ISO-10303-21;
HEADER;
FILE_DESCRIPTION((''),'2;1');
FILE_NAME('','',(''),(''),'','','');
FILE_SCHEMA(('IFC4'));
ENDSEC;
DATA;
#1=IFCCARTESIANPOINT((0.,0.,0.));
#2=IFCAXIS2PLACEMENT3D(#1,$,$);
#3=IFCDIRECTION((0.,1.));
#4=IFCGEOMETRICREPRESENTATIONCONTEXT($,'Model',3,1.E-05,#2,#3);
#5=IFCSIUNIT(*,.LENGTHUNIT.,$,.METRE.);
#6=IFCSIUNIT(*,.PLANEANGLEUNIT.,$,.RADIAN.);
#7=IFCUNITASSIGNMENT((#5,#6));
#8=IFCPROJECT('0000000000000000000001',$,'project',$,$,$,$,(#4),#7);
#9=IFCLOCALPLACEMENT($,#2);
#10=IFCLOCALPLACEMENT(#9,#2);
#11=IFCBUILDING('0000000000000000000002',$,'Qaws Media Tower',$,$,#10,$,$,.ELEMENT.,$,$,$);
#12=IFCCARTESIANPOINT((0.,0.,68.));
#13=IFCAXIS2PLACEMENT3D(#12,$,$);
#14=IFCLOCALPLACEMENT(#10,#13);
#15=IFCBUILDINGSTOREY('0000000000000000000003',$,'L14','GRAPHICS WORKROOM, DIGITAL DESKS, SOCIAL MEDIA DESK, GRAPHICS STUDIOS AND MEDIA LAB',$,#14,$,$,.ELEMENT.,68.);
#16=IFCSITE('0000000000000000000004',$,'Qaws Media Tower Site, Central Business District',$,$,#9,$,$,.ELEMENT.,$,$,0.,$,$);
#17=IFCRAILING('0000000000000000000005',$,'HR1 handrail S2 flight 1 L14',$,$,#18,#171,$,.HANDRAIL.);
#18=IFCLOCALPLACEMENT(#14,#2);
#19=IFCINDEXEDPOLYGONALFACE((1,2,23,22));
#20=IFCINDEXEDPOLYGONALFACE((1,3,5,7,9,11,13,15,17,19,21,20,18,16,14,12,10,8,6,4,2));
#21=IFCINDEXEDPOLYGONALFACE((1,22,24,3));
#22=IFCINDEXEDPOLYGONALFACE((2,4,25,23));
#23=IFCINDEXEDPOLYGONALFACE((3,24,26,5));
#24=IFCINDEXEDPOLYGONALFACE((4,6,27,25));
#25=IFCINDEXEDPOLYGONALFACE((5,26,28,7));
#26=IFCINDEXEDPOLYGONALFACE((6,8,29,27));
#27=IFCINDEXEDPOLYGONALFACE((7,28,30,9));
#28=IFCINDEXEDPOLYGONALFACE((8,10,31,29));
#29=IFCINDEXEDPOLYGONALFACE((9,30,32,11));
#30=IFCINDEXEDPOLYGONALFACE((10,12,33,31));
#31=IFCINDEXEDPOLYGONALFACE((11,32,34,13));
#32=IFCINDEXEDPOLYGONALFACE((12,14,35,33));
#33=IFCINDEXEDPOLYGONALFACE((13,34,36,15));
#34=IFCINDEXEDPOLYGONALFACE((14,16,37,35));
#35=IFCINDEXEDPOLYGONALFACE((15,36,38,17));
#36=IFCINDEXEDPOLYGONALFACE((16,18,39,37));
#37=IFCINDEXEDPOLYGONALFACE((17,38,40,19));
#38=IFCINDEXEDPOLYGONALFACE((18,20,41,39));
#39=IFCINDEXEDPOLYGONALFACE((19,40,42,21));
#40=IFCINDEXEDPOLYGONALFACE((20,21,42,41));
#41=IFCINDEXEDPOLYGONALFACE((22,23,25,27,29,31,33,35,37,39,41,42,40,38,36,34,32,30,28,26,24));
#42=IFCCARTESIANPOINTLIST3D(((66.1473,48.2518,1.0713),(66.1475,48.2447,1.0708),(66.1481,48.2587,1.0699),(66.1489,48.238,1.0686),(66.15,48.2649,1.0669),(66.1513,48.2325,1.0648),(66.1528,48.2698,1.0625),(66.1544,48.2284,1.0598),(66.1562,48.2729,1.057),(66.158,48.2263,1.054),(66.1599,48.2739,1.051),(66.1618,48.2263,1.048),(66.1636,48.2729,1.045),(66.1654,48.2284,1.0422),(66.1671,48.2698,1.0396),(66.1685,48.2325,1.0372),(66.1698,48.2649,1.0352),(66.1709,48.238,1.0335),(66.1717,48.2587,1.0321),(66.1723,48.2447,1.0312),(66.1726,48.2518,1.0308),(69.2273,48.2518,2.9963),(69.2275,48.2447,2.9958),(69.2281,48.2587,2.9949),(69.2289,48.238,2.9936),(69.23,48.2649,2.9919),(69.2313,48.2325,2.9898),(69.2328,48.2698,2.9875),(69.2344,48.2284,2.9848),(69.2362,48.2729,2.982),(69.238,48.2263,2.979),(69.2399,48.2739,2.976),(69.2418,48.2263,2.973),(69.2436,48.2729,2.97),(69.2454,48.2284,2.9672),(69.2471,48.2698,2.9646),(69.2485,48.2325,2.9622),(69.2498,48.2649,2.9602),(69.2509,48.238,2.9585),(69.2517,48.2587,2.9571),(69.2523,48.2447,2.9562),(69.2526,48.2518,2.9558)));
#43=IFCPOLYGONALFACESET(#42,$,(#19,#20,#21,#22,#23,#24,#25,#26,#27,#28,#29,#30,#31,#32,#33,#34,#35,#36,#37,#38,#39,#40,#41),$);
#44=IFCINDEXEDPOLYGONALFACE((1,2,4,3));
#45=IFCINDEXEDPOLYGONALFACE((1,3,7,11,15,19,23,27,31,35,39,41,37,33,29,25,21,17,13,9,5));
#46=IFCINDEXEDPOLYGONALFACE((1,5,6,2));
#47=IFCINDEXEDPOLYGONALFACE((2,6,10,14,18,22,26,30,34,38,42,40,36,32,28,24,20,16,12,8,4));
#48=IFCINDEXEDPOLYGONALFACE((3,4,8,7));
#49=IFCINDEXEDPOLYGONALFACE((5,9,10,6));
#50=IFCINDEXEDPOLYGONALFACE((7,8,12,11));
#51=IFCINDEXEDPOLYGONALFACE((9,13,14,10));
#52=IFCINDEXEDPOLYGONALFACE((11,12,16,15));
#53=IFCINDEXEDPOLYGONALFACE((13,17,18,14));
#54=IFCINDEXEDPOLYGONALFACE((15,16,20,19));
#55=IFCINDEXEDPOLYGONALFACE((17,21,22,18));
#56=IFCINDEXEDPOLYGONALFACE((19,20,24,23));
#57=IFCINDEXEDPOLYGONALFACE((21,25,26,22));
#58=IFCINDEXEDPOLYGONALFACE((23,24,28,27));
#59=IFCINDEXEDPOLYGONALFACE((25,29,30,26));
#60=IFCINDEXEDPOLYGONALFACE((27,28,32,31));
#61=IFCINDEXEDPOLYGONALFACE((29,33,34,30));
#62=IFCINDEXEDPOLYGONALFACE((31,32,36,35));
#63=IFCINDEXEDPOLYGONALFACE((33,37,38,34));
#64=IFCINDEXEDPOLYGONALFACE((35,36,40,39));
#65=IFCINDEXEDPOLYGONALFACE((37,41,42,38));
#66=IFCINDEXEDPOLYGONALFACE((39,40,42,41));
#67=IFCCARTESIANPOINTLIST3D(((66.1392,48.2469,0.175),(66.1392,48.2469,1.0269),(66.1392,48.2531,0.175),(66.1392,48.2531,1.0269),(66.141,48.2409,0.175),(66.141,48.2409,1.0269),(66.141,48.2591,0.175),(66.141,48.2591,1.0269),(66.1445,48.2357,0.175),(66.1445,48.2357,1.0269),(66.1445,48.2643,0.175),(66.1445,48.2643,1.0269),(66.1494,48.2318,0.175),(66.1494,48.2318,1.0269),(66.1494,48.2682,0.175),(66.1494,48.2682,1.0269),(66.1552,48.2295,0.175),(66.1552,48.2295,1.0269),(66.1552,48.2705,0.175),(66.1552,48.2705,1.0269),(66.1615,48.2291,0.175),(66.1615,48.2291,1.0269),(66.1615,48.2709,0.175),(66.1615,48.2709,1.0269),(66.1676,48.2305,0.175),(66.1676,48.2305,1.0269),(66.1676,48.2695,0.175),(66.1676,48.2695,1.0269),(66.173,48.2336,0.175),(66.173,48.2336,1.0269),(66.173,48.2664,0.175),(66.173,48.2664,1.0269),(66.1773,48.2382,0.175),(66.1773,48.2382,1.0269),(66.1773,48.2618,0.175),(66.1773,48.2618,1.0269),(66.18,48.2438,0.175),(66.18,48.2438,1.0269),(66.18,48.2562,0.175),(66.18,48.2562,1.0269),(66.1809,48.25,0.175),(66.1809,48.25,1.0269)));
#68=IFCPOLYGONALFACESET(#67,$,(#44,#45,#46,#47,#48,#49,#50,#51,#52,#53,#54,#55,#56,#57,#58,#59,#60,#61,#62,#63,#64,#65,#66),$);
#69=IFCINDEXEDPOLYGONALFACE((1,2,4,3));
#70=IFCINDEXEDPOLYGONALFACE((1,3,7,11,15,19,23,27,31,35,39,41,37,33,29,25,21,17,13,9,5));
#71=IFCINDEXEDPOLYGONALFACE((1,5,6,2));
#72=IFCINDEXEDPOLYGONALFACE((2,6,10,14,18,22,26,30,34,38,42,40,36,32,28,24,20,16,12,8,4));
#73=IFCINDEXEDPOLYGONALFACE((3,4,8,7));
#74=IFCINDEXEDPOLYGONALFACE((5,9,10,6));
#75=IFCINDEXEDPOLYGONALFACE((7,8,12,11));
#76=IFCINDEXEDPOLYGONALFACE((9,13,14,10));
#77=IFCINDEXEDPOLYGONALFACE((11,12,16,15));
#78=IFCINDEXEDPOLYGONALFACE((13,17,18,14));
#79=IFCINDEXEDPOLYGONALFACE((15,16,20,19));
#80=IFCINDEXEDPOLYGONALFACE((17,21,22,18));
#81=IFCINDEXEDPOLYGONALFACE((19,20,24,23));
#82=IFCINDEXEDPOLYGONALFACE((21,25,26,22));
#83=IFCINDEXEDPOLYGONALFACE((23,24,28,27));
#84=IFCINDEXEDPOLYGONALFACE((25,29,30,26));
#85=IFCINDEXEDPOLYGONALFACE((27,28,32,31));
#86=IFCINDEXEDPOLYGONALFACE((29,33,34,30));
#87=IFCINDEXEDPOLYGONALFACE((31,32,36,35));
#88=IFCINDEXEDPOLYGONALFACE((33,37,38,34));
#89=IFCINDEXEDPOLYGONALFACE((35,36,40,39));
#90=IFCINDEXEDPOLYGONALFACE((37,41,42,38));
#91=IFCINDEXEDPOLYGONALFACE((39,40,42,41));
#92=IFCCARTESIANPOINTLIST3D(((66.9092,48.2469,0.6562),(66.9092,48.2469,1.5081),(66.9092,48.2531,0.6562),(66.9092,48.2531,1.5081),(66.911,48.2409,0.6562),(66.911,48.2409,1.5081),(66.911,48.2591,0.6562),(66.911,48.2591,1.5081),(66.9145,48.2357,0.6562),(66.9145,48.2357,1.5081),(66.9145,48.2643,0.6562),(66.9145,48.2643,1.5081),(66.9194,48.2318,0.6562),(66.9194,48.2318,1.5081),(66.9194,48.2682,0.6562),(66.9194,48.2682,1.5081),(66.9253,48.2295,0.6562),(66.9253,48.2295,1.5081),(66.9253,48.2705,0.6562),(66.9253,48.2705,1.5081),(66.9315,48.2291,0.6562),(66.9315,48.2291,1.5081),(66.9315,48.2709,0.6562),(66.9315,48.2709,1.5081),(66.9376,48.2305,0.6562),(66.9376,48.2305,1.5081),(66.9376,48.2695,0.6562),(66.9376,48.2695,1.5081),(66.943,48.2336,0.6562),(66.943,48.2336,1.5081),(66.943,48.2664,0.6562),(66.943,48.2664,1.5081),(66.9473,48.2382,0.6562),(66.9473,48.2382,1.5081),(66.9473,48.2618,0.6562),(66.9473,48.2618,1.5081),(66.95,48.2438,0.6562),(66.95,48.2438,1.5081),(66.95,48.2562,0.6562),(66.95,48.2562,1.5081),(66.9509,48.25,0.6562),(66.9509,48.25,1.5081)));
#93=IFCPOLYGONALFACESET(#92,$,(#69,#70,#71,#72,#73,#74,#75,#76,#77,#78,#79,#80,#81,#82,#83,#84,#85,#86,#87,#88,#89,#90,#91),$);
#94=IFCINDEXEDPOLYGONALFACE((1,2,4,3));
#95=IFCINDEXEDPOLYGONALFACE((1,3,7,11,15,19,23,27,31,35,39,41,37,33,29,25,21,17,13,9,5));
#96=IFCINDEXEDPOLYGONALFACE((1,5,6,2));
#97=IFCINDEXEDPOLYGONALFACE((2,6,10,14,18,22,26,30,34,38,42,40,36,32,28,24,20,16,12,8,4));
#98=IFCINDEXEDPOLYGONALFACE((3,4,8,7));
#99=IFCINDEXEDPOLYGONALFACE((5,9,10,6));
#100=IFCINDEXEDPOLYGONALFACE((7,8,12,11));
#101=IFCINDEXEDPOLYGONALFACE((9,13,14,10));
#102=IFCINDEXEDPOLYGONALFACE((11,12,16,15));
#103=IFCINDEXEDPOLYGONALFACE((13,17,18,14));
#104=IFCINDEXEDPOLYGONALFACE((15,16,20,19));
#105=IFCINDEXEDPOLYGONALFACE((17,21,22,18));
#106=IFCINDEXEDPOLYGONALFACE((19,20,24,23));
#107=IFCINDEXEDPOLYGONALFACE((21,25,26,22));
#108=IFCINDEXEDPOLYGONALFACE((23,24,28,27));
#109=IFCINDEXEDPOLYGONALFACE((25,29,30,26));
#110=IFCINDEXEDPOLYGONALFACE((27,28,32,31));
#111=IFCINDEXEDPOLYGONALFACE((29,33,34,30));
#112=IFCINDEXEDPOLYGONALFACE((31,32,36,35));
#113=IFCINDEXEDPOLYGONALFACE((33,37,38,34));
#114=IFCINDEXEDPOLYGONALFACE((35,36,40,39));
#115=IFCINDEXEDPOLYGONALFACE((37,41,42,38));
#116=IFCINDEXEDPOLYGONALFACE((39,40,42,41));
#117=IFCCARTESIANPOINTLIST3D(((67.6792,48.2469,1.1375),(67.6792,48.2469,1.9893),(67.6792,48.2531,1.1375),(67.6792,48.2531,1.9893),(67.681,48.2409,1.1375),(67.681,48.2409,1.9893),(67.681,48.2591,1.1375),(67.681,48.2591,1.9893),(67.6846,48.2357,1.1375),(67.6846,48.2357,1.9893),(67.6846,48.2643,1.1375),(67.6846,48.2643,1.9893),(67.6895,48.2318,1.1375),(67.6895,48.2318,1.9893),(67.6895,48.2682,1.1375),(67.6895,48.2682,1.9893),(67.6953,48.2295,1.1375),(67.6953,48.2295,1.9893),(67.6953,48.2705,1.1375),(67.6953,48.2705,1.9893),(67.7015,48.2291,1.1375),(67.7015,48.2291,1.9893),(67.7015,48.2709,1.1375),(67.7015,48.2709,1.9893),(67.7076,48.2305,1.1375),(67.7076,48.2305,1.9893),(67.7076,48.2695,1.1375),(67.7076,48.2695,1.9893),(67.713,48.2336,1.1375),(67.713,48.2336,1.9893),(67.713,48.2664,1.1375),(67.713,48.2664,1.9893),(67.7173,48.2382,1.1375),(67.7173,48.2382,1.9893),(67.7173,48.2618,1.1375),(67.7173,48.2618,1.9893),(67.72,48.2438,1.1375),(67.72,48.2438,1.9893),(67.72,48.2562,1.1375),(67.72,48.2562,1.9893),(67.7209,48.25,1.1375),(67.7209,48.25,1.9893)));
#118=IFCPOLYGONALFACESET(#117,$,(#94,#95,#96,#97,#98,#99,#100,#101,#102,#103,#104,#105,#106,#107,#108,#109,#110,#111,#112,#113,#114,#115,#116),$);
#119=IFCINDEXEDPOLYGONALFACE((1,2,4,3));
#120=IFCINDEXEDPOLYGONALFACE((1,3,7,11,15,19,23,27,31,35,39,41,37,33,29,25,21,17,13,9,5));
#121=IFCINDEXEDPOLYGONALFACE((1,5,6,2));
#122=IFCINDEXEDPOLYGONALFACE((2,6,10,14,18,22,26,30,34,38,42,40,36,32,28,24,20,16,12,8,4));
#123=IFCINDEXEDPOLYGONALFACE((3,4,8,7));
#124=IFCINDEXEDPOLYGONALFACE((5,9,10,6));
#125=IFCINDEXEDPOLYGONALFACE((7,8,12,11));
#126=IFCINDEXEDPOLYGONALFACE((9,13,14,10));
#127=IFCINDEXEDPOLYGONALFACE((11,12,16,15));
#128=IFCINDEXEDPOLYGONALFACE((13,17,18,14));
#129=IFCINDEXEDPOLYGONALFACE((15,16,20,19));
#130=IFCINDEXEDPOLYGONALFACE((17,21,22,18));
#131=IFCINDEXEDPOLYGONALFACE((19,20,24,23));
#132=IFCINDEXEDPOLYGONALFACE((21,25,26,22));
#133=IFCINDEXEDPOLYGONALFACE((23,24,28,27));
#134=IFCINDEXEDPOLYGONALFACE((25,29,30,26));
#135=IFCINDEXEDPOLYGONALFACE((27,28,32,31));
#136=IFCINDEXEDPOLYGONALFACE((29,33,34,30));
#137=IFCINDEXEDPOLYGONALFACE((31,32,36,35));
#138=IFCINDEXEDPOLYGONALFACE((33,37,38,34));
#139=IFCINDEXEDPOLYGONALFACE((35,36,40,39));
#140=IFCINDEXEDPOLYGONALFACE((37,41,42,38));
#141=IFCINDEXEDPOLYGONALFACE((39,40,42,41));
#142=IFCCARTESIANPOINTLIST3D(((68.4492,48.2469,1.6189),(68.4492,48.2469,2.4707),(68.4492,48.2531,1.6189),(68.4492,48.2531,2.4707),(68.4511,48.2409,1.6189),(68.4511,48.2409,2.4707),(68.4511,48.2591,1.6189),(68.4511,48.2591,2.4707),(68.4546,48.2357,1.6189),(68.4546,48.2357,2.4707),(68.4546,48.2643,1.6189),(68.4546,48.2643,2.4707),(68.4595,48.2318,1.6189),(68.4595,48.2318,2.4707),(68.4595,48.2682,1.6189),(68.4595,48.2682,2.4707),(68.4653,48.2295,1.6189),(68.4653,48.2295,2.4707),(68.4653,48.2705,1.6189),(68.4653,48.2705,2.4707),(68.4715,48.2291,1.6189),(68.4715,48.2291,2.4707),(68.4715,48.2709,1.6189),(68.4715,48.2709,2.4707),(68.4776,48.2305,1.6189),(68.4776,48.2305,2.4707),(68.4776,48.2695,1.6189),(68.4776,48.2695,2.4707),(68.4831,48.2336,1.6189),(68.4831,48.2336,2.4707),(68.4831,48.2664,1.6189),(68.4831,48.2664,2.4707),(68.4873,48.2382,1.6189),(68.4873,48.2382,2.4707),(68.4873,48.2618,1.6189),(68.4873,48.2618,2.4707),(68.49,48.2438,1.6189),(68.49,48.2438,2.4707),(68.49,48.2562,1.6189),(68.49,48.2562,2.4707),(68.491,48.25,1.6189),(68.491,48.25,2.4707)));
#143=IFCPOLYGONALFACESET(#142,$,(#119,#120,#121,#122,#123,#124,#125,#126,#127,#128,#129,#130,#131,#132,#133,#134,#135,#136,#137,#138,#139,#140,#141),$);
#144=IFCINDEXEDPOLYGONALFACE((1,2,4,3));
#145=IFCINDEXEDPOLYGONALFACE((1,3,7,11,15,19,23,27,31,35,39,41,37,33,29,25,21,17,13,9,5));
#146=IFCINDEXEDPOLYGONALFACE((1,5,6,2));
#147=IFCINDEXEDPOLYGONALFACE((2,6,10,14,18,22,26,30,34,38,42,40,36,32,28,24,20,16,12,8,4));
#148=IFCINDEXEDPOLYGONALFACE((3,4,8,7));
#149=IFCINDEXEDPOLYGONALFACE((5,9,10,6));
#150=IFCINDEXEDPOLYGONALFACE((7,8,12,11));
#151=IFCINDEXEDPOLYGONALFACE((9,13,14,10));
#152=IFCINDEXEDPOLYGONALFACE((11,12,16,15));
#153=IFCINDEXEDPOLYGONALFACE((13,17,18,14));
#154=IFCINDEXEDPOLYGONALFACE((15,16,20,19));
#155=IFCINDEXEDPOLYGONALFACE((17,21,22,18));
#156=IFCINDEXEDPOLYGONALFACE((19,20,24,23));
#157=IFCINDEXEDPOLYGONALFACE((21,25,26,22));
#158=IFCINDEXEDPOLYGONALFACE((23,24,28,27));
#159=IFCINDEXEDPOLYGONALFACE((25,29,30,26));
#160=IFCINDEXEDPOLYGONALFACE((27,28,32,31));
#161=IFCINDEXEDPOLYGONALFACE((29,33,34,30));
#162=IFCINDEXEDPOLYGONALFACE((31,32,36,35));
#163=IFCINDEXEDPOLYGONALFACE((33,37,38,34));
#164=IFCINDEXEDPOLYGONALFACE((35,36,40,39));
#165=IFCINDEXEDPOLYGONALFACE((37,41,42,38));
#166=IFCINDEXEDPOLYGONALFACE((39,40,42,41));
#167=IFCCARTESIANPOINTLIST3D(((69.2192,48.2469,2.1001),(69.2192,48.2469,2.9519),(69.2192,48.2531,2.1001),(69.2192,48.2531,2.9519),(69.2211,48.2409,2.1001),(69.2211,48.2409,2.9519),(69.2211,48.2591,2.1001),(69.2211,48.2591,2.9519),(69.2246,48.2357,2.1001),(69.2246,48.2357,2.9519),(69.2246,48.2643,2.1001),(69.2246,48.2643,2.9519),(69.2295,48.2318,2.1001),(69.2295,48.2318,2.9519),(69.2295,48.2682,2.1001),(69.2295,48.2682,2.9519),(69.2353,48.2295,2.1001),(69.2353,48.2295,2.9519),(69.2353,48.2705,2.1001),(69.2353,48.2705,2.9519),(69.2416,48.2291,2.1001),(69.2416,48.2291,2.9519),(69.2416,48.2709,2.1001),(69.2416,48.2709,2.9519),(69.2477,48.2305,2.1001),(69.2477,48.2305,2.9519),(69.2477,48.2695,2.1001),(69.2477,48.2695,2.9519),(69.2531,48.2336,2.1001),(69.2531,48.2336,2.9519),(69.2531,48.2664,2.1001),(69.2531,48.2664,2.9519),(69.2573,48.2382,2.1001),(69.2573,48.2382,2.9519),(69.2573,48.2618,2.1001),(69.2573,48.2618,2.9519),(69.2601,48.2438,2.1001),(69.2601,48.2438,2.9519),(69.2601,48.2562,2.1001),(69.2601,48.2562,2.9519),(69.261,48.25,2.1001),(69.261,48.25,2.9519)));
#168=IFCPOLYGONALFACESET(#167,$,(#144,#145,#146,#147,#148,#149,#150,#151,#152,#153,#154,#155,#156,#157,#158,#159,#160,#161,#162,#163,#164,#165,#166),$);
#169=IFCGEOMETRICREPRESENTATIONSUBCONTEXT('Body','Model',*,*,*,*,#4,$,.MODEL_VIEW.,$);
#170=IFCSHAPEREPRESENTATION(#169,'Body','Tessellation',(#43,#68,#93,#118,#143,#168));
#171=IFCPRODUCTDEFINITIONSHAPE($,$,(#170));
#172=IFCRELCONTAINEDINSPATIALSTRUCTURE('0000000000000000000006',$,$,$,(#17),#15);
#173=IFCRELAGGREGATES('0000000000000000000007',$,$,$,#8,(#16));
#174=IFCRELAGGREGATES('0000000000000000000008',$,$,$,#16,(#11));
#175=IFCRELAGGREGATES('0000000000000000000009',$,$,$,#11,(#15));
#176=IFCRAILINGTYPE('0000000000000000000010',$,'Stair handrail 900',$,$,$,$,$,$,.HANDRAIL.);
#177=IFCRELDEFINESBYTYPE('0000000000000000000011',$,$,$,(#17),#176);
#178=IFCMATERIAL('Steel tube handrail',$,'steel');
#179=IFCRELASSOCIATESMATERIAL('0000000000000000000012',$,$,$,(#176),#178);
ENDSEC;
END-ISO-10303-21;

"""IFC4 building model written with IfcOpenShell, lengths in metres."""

from ifc_helpers import new_model, si_unit, direction, frame, origin, origin_2d, place, context, subcontext, project, spatial, circle, extrude, material, type_object, element, save


model = new_model("IFC4")

# Units and contexts
model_context = context("Model", 3, precision=1e-05, world=origin(), true_north=direction((0.0, 1.0)))
body_context = subcontext(model_context, "Body", "Model", "MODEL_VIEW")
ifc_project = project(units=[si_unit("LENGTHUNIT", "METRE"), si_unit("PLANEANGLEUNIT", "RADIAN")], contexts=[model_context])

# Site, building, storey
site_placement = place(None, origin())
site = spatial("IfcSite", under=ifc_project, at=site_placement, Name="Qaws Media Tower Site, Central Business District", CompositionType="ELEMENT", RefElevation=0.0)
building_placement = place(site_placement, origin())
building = spatial("IfcBuilding", under=site, at=building_placement, Name="Qaws Media Tower", CompositionType="ELEMENT")
storey_placement = place(building_placement, frame((0.0, 0.0, 68.0)))
storey = spatial("IfcBuildingStorey", under=building, at=storey_placement, Name="L14", Description="GRAPHICS WORKROOM, DIGITAL DESKS, SOCIAL MEDIA DESK, GRAPHICS STUDIOS AND MEDIA LAB", CompositionType="ELEMENT", Elevation=68.0)

# Railing
ifc_material_1 = material(Name="Steel tube handrail", Category="steel")
railing_type = type_object("IfcRailingType", Name="Stair handrail 900", PredefinedType="HANDRAIL", material=ifc_material_1)
for number, where, name in (
    (1, (66.1599, 48.25, 0.175), "HR1 handrail S2 flight 1 L14"),
):
    element("IfcRailing", number, at=place(storey_placement, frame(where)), inside=storey, type_object=railing_type, Name=name, PredefinedType="HANDRAIL", context=body_context, shape_type="SweptSolid", body=[
        extrude(circle(Radius=0.0239, at=origin_2d()), frame((0.0, 0.0, 0.876), z_axis=(0.847998, 0.0, 0.529999), x_axis=(0.0, 1.0, 0.0)), (0.0, 0.0, 1.0), 3.6321),
        extrude(circle(Radius=0.021, at=origin_2d()), origin(), (0.0, 0.0, 1.0), 0.8518),
        extrude(circle(Radius=0.021, at=origin_2d()), frame((0.77, 0.0, 0.4812)), (0.0, 0.0, 1.0), 0.8518),
        extrude(circle(Radius=0.021, at=origin_2d()), frame((1.54, 0.0, 0.9624)), (0.0, 0.0, 1.0), 0.8518),
        extrude(circle(Radius=0.021, at=origin_2d()), frame((2.3101, 0.0, 1.4438)), (0.0, 0.0, 1.0), 0.8518),
        extrude(circle(Radius=0.021, at=origin_2d()), frame((3.0801, 0.0, 1.925)), (0.0, 0.0, 1.0), 0.8518),
    ])

save(model, "model.ifc")
